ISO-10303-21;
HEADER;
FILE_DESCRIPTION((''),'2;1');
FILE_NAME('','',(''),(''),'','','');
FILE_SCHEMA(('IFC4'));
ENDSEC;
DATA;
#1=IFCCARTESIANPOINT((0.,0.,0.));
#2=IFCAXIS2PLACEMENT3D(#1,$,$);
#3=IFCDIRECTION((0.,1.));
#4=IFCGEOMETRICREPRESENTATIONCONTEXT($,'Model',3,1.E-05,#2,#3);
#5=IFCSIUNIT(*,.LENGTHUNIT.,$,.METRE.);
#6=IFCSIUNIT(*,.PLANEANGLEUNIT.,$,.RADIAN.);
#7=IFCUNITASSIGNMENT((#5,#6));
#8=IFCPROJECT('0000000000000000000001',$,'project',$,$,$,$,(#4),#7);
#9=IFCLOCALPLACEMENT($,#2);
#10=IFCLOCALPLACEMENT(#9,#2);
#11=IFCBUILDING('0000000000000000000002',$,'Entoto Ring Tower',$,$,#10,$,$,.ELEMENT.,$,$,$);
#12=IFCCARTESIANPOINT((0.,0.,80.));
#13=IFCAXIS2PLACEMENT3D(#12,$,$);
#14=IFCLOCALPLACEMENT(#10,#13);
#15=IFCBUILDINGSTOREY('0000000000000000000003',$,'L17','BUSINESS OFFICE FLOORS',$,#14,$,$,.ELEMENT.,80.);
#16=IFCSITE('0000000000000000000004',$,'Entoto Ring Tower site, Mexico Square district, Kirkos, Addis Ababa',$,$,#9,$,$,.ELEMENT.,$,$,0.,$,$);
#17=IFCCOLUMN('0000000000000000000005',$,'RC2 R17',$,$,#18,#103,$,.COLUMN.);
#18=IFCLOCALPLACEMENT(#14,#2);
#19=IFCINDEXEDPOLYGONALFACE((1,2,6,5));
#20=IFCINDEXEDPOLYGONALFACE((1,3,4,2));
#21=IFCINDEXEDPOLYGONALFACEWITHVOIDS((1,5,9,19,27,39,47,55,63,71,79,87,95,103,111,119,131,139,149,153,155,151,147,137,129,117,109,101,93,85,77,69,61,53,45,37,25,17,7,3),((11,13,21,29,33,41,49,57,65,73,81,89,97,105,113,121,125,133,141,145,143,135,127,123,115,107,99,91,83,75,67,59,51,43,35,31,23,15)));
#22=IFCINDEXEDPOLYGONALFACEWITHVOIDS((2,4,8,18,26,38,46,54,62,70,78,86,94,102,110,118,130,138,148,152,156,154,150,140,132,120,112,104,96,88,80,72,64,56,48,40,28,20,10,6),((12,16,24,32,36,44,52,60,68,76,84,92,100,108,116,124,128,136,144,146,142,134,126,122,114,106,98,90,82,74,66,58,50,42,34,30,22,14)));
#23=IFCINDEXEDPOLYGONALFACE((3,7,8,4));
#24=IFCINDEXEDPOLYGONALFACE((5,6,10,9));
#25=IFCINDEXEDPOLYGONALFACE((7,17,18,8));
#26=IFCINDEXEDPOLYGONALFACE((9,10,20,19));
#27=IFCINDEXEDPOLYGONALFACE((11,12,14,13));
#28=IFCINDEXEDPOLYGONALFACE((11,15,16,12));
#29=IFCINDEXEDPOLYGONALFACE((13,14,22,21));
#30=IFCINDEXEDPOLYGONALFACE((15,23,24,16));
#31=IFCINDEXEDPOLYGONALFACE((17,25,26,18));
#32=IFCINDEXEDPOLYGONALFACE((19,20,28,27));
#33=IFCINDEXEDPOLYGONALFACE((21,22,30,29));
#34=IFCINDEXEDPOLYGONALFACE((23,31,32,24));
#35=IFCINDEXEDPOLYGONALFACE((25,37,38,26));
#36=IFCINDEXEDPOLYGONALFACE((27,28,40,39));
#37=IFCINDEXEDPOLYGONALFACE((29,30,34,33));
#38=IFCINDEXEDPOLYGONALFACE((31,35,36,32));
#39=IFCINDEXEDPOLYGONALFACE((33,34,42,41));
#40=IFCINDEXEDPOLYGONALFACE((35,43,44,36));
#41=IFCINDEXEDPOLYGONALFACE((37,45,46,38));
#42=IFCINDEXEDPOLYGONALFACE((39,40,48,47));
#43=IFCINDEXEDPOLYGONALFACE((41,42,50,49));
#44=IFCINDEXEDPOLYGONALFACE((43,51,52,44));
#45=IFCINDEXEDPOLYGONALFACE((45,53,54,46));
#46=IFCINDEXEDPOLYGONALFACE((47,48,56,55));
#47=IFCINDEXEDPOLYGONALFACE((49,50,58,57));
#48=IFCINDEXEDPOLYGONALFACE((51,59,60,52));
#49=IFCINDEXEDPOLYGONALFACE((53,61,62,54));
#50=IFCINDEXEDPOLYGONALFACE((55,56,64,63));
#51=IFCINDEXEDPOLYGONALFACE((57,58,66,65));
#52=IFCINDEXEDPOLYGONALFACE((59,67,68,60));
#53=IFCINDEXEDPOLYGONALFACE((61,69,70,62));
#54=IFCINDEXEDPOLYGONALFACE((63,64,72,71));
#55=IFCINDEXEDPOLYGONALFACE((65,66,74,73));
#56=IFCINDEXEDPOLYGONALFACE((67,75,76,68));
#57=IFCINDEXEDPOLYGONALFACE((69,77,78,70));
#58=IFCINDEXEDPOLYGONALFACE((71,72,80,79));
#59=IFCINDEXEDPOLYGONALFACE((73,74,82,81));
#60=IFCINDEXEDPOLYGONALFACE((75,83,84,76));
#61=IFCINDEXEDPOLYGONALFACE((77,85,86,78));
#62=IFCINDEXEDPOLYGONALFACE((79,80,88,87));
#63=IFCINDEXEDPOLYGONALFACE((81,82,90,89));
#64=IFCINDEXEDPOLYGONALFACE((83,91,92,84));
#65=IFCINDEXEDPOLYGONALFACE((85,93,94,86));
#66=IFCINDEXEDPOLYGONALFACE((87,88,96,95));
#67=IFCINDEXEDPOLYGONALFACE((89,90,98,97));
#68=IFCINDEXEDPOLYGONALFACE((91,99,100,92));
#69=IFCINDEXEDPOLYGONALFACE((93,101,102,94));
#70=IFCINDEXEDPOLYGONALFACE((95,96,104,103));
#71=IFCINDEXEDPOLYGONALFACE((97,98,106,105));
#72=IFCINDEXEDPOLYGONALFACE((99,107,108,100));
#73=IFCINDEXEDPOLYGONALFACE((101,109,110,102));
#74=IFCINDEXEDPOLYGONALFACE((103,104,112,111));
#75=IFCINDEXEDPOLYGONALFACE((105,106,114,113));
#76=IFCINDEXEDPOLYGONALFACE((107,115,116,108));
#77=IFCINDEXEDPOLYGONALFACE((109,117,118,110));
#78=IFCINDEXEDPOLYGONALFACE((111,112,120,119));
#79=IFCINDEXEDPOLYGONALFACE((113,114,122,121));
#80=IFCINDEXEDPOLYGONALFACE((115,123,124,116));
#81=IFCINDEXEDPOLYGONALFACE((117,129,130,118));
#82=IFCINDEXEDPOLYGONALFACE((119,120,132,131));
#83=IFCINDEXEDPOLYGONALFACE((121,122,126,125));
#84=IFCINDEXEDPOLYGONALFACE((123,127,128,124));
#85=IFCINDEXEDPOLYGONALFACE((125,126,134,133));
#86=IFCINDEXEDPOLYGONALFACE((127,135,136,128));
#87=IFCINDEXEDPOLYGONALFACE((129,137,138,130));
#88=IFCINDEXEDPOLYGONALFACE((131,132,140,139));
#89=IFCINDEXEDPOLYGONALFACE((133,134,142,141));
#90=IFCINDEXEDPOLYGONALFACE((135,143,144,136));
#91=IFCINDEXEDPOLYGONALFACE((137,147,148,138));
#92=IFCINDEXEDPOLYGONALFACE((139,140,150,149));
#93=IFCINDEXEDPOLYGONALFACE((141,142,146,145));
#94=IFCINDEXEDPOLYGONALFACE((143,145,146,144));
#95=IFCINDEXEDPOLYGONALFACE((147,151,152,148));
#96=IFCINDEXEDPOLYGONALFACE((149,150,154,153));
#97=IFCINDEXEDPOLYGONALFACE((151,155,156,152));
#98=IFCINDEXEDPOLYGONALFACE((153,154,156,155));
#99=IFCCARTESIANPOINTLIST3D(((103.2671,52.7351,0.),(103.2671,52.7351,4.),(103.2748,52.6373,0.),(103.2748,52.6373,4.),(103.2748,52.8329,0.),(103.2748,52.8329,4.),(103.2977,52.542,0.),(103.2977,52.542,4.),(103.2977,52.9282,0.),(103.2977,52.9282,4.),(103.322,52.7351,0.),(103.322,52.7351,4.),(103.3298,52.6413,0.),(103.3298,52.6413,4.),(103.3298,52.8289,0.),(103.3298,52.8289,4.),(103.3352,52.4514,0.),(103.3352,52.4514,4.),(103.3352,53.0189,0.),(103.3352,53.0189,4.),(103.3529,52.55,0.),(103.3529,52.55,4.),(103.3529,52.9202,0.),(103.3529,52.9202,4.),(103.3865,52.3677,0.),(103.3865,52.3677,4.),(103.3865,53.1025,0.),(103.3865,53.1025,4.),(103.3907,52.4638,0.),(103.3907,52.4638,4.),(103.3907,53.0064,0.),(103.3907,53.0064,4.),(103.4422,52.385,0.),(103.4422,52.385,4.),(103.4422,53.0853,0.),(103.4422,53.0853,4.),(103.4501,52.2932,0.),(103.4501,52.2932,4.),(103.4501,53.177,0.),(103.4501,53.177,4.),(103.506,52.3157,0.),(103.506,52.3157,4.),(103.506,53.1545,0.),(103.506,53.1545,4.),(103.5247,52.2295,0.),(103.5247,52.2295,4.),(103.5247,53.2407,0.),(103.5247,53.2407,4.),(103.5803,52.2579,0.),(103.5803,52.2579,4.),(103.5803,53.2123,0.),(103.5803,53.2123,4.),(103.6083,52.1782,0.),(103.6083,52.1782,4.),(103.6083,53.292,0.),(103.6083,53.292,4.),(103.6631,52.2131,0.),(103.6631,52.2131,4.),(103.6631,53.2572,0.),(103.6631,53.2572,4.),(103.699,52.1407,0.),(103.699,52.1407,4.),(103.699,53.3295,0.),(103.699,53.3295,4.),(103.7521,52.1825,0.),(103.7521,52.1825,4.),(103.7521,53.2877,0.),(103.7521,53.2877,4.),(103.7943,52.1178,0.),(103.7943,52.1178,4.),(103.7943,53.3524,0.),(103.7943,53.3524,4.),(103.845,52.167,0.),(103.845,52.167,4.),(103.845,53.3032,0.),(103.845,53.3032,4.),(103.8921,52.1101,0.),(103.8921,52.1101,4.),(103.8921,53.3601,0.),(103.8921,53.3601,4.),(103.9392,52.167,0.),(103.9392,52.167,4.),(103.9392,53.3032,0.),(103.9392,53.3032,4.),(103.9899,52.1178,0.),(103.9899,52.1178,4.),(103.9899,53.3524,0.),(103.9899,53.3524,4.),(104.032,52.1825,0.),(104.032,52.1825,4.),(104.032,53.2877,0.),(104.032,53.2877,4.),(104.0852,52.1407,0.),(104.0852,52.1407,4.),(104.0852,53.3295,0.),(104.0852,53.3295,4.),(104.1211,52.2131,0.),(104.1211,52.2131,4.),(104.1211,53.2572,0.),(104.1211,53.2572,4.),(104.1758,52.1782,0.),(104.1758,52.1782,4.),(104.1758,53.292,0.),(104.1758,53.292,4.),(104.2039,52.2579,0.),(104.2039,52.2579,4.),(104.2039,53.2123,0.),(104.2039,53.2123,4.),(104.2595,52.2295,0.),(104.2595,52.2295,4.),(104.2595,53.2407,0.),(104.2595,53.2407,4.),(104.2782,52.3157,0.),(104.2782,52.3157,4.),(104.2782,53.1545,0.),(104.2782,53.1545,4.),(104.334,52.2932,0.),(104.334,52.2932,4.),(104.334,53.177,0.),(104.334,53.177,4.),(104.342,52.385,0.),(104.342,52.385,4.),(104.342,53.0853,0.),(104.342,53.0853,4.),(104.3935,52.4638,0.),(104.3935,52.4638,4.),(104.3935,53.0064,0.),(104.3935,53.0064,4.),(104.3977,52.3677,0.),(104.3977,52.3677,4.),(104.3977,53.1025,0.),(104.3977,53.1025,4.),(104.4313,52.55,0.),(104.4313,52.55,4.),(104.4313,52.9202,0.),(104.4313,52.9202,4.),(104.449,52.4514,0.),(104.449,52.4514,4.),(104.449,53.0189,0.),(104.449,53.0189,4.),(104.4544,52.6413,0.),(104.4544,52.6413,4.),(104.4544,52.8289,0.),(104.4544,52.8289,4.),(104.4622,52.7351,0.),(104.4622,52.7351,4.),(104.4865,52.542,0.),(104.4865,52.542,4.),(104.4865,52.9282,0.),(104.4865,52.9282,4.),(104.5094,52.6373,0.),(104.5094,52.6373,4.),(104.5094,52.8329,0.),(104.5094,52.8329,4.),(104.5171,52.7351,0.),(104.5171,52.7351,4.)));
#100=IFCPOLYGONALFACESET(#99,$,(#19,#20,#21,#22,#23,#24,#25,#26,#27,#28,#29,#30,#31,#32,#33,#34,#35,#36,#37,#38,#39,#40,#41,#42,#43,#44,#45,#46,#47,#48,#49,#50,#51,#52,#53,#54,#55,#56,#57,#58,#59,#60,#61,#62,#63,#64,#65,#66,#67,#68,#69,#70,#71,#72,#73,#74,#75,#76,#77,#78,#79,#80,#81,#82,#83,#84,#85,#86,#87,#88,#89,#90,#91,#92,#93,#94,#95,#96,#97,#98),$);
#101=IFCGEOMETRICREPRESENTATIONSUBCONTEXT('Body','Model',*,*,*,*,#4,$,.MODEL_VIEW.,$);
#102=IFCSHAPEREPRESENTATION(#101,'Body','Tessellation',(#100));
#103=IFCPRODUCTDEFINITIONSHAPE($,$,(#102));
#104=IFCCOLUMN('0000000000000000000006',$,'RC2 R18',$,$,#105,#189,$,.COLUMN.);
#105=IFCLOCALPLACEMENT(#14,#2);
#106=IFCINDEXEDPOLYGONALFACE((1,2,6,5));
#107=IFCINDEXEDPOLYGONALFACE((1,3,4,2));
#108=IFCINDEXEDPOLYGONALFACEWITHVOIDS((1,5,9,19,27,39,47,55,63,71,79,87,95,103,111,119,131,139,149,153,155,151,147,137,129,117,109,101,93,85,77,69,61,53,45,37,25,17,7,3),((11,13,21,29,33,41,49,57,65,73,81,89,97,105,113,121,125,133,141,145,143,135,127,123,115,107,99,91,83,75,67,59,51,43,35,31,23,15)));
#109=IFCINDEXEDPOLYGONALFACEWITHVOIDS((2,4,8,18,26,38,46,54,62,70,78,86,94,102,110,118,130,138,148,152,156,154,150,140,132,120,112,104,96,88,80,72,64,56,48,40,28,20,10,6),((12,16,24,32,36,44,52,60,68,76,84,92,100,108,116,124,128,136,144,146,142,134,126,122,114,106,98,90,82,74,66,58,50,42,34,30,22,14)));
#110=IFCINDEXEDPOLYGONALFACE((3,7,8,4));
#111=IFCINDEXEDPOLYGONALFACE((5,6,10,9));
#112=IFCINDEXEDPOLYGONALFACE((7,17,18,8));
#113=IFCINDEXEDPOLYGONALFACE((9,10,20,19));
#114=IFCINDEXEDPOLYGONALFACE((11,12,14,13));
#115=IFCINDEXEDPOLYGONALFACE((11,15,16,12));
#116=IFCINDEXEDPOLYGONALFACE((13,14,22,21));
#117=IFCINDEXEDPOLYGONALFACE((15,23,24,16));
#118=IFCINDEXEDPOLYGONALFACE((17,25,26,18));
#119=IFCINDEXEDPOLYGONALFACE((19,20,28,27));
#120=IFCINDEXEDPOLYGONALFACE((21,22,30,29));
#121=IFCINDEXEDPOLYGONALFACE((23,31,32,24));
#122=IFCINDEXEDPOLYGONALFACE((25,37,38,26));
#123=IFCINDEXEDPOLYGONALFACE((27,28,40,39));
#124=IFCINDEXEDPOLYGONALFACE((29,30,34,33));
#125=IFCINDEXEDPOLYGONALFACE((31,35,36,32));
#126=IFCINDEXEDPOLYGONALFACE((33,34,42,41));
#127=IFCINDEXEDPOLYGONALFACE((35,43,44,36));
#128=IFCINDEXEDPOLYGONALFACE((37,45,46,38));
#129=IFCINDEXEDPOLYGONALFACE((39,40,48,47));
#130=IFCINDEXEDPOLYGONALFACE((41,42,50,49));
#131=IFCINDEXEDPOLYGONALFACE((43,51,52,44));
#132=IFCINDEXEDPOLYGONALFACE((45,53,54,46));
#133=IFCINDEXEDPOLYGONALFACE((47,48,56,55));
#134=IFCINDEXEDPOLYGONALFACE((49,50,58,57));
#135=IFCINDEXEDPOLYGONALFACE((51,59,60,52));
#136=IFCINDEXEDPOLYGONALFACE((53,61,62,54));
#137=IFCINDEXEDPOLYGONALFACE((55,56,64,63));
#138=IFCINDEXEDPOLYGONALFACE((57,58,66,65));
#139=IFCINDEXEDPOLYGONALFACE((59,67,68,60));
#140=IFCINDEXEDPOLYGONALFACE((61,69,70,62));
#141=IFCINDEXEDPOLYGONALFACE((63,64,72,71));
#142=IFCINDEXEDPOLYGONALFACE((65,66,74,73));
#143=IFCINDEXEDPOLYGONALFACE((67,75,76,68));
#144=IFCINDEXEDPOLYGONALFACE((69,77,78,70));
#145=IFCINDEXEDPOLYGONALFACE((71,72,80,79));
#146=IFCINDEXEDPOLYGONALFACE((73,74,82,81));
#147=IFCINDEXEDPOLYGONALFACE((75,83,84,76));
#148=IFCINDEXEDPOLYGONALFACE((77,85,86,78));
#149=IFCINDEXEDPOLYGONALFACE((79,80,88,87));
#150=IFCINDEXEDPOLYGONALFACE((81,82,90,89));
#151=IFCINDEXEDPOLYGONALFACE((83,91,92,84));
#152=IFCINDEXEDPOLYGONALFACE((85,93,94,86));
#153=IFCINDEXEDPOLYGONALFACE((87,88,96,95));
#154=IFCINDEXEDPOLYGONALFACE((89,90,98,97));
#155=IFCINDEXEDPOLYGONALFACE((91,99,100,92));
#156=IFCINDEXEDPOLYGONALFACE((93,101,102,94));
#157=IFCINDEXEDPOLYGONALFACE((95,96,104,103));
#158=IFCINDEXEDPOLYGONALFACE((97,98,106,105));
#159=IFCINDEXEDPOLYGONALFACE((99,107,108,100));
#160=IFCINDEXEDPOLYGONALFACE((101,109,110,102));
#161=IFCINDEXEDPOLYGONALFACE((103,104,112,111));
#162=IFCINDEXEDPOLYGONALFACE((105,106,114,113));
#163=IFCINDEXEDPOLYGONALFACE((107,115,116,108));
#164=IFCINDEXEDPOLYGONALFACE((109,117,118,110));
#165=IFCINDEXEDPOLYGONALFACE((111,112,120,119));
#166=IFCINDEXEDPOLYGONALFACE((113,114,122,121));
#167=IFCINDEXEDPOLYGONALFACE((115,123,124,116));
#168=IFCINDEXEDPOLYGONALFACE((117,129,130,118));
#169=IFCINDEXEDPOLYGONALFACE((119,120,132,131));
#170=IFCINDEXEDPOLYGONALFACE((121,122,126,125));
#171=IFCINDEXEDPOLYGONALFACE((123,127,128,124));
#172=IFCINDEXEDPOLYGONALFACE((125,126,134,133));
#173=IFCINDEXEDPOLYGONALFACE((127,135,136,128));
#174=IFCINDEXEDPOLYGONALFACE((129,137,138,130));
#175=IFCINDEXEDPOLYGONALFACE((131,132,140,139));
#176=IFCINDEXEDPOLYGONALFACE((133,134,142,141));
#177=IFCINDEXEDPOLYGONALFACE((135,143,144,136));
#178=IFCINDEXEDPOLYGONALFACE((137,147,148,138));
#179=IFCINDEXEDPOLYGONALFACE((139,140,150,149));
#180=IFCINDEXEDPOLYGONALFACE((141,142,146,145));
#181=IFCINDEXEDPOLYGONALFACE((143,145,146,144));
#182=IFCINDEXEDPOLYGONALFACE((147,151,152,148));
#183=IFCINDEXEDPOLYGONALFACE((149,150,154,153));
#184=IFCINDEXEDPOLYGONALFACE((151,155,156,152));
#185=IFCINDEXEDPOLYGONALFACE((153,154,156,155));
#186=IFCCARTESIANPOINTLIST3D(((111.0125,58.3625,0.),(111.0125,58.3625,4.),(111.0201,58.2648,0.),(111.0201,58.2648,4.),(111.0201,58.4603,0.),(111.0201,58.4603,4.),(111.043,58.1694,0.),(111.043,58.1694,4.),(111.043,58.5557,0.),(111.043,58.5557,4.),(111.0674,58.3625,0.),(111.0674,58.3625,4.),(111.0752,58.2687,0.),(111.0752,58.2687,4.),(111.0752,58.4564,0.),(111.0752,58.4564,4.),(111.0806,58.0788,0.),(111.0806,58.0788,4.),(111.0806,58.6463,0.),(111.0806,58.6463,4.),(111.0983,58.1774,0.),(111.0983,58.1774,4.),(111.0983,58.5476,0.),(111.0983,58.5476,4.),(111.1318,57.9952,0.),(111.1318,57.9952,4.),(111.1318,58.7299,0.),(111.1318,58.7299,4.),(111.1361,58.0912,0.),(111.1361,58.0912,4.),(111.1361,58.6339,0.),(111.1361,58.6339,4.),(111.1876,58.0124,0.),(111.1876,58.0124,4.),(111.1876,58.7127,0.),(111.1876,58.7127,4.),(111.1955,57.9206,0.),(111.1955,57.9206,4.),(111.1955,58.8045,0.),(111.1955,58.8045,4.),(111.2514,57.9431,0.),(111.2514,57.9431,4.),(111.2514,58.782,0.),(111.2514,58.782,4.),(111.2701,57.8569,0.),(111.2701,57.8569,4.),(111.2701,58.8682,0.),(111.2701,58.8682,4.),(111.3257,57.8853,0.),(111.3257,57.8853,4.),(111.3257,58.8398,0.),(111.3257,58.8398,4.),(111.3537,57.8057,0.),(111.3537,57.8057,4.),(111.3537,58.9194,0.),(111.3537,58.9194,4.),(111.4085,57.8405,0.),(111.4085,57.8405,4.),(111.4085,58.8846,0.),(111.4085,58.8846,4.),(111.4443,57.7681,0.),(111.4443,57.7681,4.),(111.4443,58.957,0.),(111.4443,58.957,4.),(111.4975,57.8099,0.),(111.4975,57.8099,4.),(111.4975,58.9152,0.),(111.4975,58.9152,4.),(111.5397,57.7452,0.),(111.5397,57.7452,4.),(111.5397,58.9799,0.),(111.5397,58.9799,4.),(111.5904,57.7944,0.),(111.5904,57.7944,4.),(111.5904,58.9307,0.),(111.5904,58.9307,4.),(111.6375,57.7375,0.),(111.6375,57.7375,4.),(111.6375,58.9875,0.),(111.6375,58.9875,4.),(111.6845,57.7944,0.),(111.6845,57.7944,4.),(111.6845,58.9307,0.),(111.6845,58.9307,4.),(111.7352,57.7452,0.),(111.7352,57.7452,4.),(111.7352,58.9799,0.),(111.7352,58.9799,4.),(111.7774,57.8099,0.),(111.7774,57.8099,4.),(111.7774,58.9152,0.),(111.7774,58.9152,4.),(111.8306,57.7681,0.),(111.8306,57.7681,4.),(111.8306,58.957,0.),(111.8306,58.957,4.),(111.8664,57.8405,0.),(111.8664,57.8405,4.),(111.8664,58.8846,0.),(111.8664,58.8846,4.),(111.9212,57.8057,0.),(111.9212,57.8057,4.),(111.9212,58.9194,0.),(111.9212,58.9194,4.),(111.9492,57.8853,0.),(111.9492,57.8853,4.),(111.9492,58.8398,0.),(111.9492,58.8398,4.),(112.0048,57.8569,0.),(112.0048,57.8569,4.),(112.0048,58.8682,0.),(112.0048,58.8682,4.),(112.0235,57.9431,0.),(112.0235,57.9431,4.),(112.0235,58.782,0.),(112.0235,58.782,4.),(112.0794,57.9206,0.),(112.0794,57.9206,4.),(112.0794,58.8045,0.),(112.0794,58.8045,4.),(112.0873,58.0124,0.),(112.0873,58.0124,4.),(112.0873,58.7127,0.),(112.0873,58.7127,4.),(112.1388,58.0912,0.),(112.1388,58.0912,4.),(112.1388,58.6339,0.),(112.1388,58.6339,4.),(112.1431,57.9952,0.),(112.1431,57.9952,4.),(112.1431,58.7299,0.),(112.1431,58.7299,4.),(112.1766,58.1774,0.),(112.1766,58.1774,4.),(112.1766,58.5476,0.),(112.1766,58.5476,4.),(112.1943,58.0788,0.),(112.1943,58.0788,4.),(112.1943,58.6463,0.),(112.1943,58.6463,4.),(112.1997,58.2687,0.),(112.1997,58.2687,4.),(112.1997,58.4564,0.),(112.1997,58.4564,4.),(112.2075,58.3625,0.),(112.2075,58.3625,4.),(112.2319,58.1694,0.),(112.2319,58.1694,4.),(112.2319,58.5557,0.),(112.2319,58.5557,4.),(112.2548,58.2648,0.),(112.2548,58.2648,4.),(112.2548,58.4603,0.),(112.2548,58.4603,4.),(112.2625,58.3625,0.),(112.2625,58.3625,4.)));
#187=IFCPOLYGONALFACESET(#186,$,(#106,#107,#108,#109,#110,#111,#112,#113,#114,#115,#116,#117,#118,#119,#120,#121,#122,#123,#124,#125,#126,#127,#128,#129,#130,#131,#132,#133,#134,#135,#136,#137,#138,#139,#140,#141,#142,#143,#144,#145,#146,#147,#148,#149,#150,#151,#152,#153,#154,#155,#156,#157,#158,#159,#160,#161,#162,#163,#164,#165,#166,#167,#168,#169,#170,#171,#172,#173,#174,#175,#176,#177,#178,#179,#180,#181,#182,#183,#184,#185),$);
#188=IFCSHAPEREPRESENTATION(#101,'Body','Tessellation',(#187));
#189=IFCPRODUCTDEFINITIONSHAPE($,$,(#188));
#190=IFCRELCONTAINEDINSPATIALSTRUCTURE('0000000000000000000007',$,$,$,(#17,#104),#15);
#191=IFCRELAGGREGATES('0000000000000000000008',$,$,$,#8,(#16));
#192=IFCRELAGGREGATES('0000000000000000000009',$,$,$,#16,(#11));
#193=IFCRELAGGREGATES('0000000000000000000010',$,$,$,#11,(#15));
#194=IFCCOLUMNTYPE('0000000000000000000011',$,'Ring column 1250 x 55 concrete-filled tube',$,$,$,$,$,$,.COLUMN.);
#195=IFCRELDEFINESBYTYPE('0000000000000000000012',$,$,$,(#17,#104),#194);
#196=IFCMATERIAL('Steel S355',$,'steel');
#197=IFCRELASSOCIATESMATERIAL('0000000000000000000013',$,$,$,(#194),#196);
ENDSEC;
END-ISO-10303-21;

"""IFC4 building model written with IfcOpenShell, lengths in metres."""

from ifc_helpers import new_model, si_unit, direction, frame, origin, origin_2d, place, context, subcontext, project, spatial, circle, hollow_circle, extrude, material, material_profile, profile_set, type_object, element, save


model = new_model("IFC4")

# Units and contexts
model_context = context("Model", 3, precision=1e-05, world=origin(), true_north=direction((0.0, 1.0)))
body_context = subcontext(model_context, "Body", "Model", "MODEL_VIEW")
ifc_project = project(units=[si_unit("LENGTHUNIT", "METRE"), si_unit("PLANEANGLEUNIT", "RADIAN")], contexts=[model_context])

# Site, building, storey
site_placement = place(None, origin())
site = spatial("IfcSite", under=ifc_project, at=site_placement, Name="Entoto Ring Tower site, Mexico Square district, Kirkos, Addis Ababa", CompositionType="ELEMENT", RefElevation=0.0)
building_placement = place(site_placement, origin())
building = spatial("IfcBuilding", under=site, at=building_placement, Name="Entoto Ring Tower", CompositionType="ELEMENT")
storey_placement = place(building_placement, frame((0.0, 0.0, 80.0)))
storey = spatial("IfcBuildingStorey", under=building, at=storey_placement, Name="L17", Description="BUSINESS OFFICE FLOORS", CompositionType="ELEMENT", Elevation=80.0)

# Columns
ifc_material_1 = material(Name="Steel S355", Category="steel")
ifc_material_profile_1 = material_profile(ifc_material_1, hollow_circle(Radius=0.625, WallThickness=0.0549, at=origin_2d()), Name="CHS 1250 x 55")
ifc_material_2 = material(Name="Concrete C60/75", Category="concrete")
ifc_material_profile_2 = material_profile(ifc_material_2, circle(Radius=0.5701, at=origin_2d()), Name="Concrete C60/75 infill")
ifc_profile_set_1 = profile_set([ifc_material_profile_1, ifc_material_profile_2], Name="Steel S355")
column_type = type_object("IfcColumnType", Name="Ring column 1250 x 55 concrete-filled tube", PredefinedType="COLUMN", material=ifc_profile_set_1)
for number, where, z_axis, x_axis, name in (
    (1, (103.8921, 52.7351, 0.0), (0.0, 0.0, 1.0), (1.0, 0.0, 0.0), "RC2 R17"),
    (2, (111.6375, 58.3625, 0.0), (0.0, 0.0, 1.0), (1.0, 0.0, 0.0), "RC2 R18"),
):
    element("IfcColumn", number, at=place(storey_placement, frame(where, z_axis=z_axis, x_axis=x_axis)), inside=storey, type_object=column_type, Name=name, PredefinedType="COLUMN", context=body_context, shape_type="SweptSolid", body=[
        extrude(hollow_circle(Radius=0.625, WallThickness=0.0549, at=origin_2d()), origin(), (0.0, 0.0, 1.0), 4.0),
    ])

save(model, "model.ifc")
